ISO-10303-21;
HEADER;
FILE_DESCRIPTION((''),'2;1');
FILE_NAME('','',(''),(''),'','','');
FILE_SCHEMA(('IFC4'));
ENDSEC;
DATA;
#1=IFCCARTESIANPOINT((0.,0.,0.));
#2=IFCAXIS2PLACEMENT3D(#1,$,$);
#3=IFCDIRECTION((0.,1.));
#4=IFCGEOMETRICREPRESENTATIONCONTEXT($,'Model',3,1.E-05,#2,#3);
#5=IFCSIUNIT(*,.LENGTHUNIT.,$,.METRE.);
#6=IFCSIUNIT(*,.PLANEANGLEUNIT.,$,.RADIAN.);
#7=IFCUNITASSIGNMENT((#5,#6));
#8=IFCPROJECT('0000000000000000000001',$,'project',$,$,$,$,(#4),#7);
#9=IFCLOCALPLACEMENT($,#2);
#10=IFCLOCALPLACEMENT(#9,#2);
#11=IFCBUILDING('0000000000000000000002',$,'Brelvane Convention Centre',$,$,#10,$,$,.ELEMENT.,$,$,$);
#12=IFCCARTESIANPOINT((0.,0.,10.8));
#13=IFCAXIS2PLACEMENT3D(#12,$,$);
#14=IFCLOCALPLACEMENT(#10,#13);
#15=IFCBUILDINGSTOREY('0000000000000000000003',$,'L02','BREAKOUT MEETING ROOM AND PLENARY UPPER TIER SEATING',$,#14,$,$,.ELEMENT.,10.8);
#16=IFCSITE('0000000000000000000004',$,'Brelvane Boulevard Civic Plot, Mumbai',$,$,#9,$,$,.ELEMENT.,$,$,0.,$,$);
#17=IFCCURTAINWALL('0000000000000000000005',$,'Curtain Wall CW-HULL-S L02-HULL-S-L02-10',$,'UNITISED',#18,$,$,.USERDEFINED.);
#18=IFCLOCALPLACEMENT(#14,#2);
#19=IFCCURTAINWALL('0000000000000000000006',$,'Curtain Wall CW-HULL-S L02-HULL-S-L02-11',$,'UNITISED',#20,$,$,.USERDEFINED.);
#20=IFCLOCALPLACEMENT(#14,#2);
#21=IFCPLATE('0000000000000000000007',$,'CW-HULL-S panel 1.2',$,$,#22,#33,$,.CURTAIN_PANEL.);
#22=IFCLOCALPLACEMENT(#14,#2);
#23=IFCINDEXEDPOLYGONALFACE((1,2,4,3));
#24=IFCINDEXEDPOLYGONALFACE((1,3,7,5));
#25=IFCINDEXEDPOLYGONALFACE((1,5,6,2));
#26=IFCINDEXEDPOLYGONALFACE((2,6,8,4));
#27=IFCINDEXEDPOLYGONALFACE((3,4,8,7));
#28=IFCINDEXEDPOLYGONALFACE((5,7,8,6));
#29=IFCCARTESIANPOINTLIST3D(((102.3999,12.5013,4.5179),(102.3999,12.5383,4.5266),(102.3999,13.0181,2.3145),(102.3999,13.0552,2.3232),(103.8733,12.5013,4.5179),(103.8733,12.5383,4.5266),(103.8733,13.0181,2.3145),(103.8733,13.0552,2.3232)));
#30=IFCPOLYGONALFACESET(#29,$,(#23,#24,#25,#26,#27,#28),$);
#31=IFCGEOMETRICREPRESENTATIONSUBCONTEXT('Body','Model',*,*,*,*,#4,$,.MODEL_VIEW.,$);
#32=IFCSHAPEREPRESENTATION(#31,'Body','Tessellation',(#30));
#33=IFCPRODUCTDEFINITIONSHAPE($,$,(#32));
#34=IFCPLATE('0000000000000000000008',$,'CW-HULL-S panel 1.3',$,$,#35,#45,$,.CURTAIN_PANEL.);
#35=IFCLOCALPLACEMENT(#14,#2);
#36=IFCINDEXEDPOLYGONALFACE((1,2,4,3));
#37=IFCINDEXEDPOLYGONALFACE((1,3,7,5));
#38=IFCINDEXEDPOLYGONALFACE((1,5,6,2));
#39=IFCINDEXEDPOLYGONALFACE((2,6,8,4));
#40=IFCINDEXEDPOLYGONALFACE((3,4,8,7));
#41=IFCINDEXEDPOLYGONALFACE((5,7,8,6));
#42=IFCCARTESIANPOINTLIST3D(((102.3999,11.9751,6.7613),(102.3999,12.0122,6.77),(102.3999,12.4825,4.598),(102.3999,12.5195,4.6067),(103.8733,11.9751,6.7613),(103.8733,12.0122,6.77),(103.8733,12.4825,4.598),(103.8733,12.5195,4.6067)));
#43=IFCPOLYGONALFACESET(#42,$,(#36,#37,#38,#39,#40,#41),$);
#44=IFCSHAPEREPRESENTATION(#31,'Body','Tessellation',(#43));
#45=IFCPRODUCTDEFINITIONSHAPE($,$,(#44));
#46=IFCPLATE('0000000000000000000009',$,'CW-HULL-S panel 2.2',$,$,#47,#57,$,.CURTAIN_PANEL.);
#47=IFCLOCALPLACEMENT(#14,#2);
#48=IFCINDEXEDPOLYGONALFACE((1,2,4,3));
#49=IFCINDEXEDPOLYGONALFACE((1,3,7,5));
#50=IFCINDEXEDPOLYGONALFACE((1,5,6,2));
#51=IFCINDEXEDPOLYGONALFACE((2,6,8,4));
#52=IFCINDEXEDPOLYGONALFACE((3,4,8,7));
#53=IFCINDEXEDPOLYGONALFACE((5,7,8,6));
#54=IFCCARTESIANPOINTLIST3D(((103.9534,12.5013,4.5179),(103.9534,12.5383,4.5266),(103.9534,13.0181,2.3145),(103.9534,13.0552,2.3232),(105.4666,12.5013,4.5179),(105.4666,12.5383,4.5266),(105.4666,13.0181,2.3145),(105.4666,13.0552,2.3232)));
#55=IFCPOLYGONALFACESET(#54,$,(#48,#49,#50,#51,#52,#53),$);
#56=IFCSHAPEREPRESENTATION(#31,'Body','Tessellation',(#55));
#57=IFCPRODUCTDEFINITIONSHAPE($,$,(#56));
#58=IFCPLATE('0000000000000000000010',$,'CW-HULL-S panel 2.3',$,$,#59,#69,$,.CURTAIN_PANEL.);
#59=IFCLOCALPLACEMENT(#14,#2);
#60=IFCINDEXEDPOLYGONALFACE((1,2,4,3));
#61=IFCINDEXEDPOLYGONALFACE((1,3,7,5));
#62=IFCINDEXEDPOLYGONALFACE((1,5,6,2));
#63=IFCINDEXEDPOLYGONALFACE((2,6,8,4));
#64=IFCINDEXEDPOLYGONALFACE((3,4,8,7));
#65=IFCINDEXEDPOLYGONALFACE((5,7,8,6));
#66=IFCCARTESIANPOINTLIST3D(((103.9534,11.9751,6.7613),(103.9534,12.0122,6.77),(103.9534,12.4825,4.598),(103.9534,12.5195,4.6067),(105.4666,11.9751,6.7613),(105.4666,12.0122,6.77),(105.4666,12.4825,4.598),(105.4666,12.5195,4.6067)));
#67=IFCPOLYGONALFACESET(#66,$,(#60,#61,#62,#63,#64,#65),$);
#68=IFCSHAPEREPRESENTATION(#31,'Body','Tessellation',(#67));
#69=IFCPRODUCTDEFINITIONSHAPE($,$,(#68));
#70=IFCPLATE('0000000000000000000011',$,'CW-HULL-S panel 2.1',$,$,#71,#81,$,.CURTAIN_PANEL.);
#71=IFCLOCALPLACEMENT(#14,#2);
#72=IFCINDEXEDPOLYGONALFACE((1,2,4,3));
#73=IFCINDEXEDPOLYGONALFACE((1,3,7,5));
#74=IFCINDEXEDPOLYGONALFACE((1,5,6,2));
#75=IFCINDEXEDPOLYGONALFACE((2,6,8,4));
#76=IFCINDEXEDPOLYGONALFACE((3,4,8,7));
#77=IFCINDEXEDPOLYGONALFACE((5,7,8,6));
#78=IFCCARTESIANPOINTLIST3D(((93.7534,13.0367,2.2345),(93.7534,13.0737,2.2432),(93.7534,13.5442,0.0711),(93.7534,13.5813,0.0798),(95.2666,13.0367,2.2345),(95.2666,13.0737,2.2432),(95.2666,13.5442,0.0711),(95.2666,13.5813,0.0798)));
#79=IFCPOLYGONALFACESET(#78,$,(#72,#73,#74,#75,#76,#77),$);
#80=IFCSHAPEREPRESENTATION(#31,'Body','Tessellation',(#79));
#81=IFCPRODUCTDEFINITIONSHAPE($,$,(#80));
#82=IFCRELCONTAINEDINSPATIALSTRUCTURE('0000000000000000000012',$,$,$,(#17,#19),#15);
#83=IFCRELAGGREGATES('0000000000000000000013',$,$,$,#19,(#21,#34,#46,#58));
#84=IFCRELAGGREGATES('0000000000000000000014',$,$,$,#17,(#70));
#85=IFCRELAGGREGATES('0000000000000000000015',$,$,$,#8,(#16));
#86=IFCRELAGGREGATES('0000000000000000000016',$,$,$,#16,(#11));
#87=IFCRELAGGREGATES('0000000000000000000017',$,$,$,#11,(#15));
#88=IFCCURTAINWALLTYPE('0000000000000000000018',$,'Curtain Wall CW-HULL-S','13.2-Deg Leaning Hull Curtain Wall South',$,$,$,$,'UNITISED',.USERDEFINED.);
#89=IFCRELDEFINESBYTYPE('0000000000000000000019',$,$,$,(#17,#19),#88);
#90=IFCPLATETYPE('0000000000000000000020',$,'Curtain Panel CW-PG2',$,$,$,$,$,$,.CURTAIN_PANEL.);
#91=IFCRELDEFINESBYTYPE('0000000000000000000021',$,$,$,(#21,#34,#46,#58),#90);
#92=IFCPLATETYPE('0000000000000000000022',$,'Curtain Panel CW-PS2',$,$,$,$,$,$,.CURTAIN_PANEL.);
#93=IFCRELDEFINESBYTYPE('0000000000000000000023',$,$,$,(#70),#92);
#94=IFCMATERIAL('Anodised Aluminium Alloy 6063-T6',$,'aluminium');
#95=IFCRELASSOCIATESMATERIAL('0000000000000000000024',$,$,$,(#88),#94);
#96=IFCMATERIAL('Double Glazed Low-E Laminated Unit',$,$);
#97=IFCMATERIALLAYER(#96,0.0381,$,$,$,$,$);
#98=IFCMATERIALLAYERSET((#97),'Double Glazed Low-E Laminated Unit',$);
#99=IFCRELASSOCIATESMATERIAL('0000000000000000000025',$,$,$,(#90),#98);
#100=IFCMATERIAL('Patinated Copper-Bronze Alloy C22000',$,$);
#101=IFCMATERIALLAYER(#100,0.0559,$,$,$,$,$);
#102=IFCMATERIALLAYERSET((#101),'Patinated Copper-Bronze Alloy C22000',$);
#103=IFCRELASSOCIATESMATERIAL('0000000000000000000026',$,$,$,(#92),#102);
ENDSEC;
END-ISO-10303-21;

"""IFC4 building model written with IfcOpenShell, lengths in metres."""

from ifc_helpers import new_model, si_unit, direction, frame, origin, place, context, subcontext, project, spatial, polyline, outline, extrude, material, layer, layer_set, type_object, element, aggregate, save


model = new_model("IFC4")

# Units and contexts
model_context = context("Model", 3, precision=1e-05, world=origin(), true_north=direction((0.0, 1.0)))
body_context = subcontext(model_context, "Body", "Model", "MODEL_VIEW")
ifc_project = project(units=[si_unit("LENGTHUNIT", "METRE"), si_unit("PLANEANGLEUNIT", "RADIAN")], contexts=[model_context])

# Site, building, storey
site_placement = place(None, origin())
site = spatial("IfcSite", under=ifc_project, at=site_placement, Name="Brelvane Boulevard Civic Plot, Mumbai", CompositionType="ELEMENT", RefElevation=0.0)
building_placement = place(site_placement, origin())
building = spatial("IfcBuilding", under=site, at=building_placement, Name="Brelvane Convention Centre", CompositionType="ELEMENT")
storey_placement = place(building_placement, frame((0.0, 0.0, 10.8)))
storey = spatial("IfcBuildingStorey", under=building, at=storey_placement, Name="L02", Description="BREAKOUT MEETING ROOM AND PLENARY UPPER TIER SEATING", CompositionType="ELEMENT", Elevation=10.8)

# Curtain walls
ifc_material_1 = material(Name="Anodised Aluminium Alloy 6063-T6", Category="aluminium")
curtain_wall_type = type_object("IfcCurtainWallType", Name="Curtain Wall CW-HULL-S", Description="13.2-Deg Leaning Hull Curtain Wall South", ElementType="UNITISED", PredefinedType="USERDEFINED", material=ifc_material_1)
curtain_wall_1_placement = place(storey_placement, origin())
curtain_wall_1 = element("IfcCurtainWall", 1, at=curtain_wall_1_placement, inside=storey, type_object=curtain_wall_type, Name="Curtain Wall CW-HULL-S L02-HULL-S-L02-10", ObjectType="UNITISED", PredefinedType="USERDEFINED")
curtain_wall_2_placement = place(storey_placement, origin())
curtain_wall_2 = element("IfcCurtainWall", 2, at=curtain_wall_2_placement, inside=storey, type_object=curtain_wall_type, Name="Curtain Wall CW-HULL-S L02-HULL-S-L02-11", ObjectType="UNITISED", PredefinedType="USERDEFINED")

# Plates
ifc_material_2 = material(Name="Double Glazed Low-E Laminated Unit")
ifc_layer_1 = layer(ifc_material_2, 0.0381)
ifc_layer_set_1 = layer_set([ifc_layer_1], Name="Double Glazed Low-E Laminated Unit")
plate_type_1 = type_object("IfcPlateType", Name="Curtain Panel CW-PG2", PredefinedType="CURTAIN_PANEL", material=ifc_layer_set_1)
plate_1_placement = place(storey_placement, frame((102.3999, 13.0552, 2.3232), z_axis=(0.0, 0.973574, 0.228372), x_axis=(1.0, 0.0, 0.0)))
plate_1 = element("IfcPlate", 3, at=plate_1_placement, type_object=plate_type_1, Name="CW-HULL-S panel 1.2", PredefinedType="CURTAIN_PANEL", context=body_context, shape_type="SweptSolid", body=[
    extrude(outline(polyline([(0.0, 0.0), (1.4734, 0.0), (1.4734, -2.2632), (0.0, -2.2632), (0.0, 0.0)])), origin(), (0.0, 0.0, -1.0), 0.0381),
])
plate_2_placement = place(storey_placement, frame((102.3999, 12.5195, 4.6067), z_axis=(0.0, 0.973587, 0.228317), x_axis=(1.0, 0.0, 0.0)))
plate_2 = element("IfcPlate", 4, at=plate_2_placement, type_object=plate_type_1, Name="CW-HULL-S panel 1.3", PredefinedType="CURTAIN_PANEL", context=body_context, shape_type="SweptSolid", body=[
    extrude(outline(polyline([(0.0, 0.0), (1.4734, 0.0), (1.4734, -2.222), (0.0, -2.222), (0.0, 0.0)])), origin(), (0.0, 0.0, -1.0), 0.0381),
])
plate_3_placement = place(storey_placement, frame((103.9534, 13.0552, 2.3232), z_axis=(0.0, 0.973574, 0.228372), x_axis=(1.0, 0.0, 0.0)))
plate_3 = element("IfcPlate", 5, at=plate_3_placement, type_object=plate_type_1, Name="CW-HULL-S panel 2.2", PredefinedType="CURTAIN_PANEL", context=body_context, shape_type="SweptSolid", body=[
    extrude(outline(polyline([(0.0, 0.0), (1.5132, 0.0), (1.5132, -2.2632), (0.0, -2.2632), (0.0, 0.0)])), origin(), (0.0, 0.0, -1.0), 0.0381),
])
plate_4_placement = place(storey_placement, frame((103.9534, 12.5195, 4.6067), z_axis=(0.0, 0.973587, 0.228317), x_axis=(1.0, 0.0, 0.0)))
plate_4 = element("IfcPlate", 6, at=plate_4_placement, type_object=plate_type_1, Name="CW-HULL-S panel 2.3", PredefinedType="CURTAIN_PANEL", context=body_context, shape_type="SweptSolid", body=[
    extrude(outline(polyline([(0.0, 0.0), (1.5132, 0.0), (1.5132, -2.222), (0.0, -2.222), (0.0, 0.0)])), origin(), (0.0, 0.0, -1.0), 0.0381),
])
aggregate(curtain_wall_2, [plate_1, plate_2, plate_3, plate_4])
ifc_material_3 = material(Name="Patinated Copper-Bronze Alloy C22000")
ifc_layer_2 = layer(ifc_material_3, 0.0559)
ifc_layer_set_2 = layer_set([ifc_layer_2], Name="Patinated Copper-Bronze Alloy C22000")
plate_type_2 = type_object("IfcPlateType", Name="Curtain Panel CW-PS2", PredefinedType="CURTAIN_PANEL", material=ifc_layer_set_2)
plate_5_placement = place(storey_placement, frame((93.7534, 13.5813, 0.0798), z_axis=(0.0, 0.973563, 0.228421), x_axis=(1.0, 0.0, 0.0)))
plate_5 = element("IfcPlate", 7, at=plate_5_placement, type_object=plate_type_2, Name="CW-HULL-S panel 2.1", PredefinedType="CURTAIN_PANEL", context=body_context, shape_type="SweptSolid", body=[
    extrude(outline(polyline([(0.0, 0.0), (1.5132, 0.0), (1.5132, -2.2221), (0.0, -2.2221), (0.0, 0.0)])), origin(), (0.0, 0.0, -1.0), 0.0381),
])
aggregate(curtain_wall_1, [plate_5])

save(model, "model.ifc")
